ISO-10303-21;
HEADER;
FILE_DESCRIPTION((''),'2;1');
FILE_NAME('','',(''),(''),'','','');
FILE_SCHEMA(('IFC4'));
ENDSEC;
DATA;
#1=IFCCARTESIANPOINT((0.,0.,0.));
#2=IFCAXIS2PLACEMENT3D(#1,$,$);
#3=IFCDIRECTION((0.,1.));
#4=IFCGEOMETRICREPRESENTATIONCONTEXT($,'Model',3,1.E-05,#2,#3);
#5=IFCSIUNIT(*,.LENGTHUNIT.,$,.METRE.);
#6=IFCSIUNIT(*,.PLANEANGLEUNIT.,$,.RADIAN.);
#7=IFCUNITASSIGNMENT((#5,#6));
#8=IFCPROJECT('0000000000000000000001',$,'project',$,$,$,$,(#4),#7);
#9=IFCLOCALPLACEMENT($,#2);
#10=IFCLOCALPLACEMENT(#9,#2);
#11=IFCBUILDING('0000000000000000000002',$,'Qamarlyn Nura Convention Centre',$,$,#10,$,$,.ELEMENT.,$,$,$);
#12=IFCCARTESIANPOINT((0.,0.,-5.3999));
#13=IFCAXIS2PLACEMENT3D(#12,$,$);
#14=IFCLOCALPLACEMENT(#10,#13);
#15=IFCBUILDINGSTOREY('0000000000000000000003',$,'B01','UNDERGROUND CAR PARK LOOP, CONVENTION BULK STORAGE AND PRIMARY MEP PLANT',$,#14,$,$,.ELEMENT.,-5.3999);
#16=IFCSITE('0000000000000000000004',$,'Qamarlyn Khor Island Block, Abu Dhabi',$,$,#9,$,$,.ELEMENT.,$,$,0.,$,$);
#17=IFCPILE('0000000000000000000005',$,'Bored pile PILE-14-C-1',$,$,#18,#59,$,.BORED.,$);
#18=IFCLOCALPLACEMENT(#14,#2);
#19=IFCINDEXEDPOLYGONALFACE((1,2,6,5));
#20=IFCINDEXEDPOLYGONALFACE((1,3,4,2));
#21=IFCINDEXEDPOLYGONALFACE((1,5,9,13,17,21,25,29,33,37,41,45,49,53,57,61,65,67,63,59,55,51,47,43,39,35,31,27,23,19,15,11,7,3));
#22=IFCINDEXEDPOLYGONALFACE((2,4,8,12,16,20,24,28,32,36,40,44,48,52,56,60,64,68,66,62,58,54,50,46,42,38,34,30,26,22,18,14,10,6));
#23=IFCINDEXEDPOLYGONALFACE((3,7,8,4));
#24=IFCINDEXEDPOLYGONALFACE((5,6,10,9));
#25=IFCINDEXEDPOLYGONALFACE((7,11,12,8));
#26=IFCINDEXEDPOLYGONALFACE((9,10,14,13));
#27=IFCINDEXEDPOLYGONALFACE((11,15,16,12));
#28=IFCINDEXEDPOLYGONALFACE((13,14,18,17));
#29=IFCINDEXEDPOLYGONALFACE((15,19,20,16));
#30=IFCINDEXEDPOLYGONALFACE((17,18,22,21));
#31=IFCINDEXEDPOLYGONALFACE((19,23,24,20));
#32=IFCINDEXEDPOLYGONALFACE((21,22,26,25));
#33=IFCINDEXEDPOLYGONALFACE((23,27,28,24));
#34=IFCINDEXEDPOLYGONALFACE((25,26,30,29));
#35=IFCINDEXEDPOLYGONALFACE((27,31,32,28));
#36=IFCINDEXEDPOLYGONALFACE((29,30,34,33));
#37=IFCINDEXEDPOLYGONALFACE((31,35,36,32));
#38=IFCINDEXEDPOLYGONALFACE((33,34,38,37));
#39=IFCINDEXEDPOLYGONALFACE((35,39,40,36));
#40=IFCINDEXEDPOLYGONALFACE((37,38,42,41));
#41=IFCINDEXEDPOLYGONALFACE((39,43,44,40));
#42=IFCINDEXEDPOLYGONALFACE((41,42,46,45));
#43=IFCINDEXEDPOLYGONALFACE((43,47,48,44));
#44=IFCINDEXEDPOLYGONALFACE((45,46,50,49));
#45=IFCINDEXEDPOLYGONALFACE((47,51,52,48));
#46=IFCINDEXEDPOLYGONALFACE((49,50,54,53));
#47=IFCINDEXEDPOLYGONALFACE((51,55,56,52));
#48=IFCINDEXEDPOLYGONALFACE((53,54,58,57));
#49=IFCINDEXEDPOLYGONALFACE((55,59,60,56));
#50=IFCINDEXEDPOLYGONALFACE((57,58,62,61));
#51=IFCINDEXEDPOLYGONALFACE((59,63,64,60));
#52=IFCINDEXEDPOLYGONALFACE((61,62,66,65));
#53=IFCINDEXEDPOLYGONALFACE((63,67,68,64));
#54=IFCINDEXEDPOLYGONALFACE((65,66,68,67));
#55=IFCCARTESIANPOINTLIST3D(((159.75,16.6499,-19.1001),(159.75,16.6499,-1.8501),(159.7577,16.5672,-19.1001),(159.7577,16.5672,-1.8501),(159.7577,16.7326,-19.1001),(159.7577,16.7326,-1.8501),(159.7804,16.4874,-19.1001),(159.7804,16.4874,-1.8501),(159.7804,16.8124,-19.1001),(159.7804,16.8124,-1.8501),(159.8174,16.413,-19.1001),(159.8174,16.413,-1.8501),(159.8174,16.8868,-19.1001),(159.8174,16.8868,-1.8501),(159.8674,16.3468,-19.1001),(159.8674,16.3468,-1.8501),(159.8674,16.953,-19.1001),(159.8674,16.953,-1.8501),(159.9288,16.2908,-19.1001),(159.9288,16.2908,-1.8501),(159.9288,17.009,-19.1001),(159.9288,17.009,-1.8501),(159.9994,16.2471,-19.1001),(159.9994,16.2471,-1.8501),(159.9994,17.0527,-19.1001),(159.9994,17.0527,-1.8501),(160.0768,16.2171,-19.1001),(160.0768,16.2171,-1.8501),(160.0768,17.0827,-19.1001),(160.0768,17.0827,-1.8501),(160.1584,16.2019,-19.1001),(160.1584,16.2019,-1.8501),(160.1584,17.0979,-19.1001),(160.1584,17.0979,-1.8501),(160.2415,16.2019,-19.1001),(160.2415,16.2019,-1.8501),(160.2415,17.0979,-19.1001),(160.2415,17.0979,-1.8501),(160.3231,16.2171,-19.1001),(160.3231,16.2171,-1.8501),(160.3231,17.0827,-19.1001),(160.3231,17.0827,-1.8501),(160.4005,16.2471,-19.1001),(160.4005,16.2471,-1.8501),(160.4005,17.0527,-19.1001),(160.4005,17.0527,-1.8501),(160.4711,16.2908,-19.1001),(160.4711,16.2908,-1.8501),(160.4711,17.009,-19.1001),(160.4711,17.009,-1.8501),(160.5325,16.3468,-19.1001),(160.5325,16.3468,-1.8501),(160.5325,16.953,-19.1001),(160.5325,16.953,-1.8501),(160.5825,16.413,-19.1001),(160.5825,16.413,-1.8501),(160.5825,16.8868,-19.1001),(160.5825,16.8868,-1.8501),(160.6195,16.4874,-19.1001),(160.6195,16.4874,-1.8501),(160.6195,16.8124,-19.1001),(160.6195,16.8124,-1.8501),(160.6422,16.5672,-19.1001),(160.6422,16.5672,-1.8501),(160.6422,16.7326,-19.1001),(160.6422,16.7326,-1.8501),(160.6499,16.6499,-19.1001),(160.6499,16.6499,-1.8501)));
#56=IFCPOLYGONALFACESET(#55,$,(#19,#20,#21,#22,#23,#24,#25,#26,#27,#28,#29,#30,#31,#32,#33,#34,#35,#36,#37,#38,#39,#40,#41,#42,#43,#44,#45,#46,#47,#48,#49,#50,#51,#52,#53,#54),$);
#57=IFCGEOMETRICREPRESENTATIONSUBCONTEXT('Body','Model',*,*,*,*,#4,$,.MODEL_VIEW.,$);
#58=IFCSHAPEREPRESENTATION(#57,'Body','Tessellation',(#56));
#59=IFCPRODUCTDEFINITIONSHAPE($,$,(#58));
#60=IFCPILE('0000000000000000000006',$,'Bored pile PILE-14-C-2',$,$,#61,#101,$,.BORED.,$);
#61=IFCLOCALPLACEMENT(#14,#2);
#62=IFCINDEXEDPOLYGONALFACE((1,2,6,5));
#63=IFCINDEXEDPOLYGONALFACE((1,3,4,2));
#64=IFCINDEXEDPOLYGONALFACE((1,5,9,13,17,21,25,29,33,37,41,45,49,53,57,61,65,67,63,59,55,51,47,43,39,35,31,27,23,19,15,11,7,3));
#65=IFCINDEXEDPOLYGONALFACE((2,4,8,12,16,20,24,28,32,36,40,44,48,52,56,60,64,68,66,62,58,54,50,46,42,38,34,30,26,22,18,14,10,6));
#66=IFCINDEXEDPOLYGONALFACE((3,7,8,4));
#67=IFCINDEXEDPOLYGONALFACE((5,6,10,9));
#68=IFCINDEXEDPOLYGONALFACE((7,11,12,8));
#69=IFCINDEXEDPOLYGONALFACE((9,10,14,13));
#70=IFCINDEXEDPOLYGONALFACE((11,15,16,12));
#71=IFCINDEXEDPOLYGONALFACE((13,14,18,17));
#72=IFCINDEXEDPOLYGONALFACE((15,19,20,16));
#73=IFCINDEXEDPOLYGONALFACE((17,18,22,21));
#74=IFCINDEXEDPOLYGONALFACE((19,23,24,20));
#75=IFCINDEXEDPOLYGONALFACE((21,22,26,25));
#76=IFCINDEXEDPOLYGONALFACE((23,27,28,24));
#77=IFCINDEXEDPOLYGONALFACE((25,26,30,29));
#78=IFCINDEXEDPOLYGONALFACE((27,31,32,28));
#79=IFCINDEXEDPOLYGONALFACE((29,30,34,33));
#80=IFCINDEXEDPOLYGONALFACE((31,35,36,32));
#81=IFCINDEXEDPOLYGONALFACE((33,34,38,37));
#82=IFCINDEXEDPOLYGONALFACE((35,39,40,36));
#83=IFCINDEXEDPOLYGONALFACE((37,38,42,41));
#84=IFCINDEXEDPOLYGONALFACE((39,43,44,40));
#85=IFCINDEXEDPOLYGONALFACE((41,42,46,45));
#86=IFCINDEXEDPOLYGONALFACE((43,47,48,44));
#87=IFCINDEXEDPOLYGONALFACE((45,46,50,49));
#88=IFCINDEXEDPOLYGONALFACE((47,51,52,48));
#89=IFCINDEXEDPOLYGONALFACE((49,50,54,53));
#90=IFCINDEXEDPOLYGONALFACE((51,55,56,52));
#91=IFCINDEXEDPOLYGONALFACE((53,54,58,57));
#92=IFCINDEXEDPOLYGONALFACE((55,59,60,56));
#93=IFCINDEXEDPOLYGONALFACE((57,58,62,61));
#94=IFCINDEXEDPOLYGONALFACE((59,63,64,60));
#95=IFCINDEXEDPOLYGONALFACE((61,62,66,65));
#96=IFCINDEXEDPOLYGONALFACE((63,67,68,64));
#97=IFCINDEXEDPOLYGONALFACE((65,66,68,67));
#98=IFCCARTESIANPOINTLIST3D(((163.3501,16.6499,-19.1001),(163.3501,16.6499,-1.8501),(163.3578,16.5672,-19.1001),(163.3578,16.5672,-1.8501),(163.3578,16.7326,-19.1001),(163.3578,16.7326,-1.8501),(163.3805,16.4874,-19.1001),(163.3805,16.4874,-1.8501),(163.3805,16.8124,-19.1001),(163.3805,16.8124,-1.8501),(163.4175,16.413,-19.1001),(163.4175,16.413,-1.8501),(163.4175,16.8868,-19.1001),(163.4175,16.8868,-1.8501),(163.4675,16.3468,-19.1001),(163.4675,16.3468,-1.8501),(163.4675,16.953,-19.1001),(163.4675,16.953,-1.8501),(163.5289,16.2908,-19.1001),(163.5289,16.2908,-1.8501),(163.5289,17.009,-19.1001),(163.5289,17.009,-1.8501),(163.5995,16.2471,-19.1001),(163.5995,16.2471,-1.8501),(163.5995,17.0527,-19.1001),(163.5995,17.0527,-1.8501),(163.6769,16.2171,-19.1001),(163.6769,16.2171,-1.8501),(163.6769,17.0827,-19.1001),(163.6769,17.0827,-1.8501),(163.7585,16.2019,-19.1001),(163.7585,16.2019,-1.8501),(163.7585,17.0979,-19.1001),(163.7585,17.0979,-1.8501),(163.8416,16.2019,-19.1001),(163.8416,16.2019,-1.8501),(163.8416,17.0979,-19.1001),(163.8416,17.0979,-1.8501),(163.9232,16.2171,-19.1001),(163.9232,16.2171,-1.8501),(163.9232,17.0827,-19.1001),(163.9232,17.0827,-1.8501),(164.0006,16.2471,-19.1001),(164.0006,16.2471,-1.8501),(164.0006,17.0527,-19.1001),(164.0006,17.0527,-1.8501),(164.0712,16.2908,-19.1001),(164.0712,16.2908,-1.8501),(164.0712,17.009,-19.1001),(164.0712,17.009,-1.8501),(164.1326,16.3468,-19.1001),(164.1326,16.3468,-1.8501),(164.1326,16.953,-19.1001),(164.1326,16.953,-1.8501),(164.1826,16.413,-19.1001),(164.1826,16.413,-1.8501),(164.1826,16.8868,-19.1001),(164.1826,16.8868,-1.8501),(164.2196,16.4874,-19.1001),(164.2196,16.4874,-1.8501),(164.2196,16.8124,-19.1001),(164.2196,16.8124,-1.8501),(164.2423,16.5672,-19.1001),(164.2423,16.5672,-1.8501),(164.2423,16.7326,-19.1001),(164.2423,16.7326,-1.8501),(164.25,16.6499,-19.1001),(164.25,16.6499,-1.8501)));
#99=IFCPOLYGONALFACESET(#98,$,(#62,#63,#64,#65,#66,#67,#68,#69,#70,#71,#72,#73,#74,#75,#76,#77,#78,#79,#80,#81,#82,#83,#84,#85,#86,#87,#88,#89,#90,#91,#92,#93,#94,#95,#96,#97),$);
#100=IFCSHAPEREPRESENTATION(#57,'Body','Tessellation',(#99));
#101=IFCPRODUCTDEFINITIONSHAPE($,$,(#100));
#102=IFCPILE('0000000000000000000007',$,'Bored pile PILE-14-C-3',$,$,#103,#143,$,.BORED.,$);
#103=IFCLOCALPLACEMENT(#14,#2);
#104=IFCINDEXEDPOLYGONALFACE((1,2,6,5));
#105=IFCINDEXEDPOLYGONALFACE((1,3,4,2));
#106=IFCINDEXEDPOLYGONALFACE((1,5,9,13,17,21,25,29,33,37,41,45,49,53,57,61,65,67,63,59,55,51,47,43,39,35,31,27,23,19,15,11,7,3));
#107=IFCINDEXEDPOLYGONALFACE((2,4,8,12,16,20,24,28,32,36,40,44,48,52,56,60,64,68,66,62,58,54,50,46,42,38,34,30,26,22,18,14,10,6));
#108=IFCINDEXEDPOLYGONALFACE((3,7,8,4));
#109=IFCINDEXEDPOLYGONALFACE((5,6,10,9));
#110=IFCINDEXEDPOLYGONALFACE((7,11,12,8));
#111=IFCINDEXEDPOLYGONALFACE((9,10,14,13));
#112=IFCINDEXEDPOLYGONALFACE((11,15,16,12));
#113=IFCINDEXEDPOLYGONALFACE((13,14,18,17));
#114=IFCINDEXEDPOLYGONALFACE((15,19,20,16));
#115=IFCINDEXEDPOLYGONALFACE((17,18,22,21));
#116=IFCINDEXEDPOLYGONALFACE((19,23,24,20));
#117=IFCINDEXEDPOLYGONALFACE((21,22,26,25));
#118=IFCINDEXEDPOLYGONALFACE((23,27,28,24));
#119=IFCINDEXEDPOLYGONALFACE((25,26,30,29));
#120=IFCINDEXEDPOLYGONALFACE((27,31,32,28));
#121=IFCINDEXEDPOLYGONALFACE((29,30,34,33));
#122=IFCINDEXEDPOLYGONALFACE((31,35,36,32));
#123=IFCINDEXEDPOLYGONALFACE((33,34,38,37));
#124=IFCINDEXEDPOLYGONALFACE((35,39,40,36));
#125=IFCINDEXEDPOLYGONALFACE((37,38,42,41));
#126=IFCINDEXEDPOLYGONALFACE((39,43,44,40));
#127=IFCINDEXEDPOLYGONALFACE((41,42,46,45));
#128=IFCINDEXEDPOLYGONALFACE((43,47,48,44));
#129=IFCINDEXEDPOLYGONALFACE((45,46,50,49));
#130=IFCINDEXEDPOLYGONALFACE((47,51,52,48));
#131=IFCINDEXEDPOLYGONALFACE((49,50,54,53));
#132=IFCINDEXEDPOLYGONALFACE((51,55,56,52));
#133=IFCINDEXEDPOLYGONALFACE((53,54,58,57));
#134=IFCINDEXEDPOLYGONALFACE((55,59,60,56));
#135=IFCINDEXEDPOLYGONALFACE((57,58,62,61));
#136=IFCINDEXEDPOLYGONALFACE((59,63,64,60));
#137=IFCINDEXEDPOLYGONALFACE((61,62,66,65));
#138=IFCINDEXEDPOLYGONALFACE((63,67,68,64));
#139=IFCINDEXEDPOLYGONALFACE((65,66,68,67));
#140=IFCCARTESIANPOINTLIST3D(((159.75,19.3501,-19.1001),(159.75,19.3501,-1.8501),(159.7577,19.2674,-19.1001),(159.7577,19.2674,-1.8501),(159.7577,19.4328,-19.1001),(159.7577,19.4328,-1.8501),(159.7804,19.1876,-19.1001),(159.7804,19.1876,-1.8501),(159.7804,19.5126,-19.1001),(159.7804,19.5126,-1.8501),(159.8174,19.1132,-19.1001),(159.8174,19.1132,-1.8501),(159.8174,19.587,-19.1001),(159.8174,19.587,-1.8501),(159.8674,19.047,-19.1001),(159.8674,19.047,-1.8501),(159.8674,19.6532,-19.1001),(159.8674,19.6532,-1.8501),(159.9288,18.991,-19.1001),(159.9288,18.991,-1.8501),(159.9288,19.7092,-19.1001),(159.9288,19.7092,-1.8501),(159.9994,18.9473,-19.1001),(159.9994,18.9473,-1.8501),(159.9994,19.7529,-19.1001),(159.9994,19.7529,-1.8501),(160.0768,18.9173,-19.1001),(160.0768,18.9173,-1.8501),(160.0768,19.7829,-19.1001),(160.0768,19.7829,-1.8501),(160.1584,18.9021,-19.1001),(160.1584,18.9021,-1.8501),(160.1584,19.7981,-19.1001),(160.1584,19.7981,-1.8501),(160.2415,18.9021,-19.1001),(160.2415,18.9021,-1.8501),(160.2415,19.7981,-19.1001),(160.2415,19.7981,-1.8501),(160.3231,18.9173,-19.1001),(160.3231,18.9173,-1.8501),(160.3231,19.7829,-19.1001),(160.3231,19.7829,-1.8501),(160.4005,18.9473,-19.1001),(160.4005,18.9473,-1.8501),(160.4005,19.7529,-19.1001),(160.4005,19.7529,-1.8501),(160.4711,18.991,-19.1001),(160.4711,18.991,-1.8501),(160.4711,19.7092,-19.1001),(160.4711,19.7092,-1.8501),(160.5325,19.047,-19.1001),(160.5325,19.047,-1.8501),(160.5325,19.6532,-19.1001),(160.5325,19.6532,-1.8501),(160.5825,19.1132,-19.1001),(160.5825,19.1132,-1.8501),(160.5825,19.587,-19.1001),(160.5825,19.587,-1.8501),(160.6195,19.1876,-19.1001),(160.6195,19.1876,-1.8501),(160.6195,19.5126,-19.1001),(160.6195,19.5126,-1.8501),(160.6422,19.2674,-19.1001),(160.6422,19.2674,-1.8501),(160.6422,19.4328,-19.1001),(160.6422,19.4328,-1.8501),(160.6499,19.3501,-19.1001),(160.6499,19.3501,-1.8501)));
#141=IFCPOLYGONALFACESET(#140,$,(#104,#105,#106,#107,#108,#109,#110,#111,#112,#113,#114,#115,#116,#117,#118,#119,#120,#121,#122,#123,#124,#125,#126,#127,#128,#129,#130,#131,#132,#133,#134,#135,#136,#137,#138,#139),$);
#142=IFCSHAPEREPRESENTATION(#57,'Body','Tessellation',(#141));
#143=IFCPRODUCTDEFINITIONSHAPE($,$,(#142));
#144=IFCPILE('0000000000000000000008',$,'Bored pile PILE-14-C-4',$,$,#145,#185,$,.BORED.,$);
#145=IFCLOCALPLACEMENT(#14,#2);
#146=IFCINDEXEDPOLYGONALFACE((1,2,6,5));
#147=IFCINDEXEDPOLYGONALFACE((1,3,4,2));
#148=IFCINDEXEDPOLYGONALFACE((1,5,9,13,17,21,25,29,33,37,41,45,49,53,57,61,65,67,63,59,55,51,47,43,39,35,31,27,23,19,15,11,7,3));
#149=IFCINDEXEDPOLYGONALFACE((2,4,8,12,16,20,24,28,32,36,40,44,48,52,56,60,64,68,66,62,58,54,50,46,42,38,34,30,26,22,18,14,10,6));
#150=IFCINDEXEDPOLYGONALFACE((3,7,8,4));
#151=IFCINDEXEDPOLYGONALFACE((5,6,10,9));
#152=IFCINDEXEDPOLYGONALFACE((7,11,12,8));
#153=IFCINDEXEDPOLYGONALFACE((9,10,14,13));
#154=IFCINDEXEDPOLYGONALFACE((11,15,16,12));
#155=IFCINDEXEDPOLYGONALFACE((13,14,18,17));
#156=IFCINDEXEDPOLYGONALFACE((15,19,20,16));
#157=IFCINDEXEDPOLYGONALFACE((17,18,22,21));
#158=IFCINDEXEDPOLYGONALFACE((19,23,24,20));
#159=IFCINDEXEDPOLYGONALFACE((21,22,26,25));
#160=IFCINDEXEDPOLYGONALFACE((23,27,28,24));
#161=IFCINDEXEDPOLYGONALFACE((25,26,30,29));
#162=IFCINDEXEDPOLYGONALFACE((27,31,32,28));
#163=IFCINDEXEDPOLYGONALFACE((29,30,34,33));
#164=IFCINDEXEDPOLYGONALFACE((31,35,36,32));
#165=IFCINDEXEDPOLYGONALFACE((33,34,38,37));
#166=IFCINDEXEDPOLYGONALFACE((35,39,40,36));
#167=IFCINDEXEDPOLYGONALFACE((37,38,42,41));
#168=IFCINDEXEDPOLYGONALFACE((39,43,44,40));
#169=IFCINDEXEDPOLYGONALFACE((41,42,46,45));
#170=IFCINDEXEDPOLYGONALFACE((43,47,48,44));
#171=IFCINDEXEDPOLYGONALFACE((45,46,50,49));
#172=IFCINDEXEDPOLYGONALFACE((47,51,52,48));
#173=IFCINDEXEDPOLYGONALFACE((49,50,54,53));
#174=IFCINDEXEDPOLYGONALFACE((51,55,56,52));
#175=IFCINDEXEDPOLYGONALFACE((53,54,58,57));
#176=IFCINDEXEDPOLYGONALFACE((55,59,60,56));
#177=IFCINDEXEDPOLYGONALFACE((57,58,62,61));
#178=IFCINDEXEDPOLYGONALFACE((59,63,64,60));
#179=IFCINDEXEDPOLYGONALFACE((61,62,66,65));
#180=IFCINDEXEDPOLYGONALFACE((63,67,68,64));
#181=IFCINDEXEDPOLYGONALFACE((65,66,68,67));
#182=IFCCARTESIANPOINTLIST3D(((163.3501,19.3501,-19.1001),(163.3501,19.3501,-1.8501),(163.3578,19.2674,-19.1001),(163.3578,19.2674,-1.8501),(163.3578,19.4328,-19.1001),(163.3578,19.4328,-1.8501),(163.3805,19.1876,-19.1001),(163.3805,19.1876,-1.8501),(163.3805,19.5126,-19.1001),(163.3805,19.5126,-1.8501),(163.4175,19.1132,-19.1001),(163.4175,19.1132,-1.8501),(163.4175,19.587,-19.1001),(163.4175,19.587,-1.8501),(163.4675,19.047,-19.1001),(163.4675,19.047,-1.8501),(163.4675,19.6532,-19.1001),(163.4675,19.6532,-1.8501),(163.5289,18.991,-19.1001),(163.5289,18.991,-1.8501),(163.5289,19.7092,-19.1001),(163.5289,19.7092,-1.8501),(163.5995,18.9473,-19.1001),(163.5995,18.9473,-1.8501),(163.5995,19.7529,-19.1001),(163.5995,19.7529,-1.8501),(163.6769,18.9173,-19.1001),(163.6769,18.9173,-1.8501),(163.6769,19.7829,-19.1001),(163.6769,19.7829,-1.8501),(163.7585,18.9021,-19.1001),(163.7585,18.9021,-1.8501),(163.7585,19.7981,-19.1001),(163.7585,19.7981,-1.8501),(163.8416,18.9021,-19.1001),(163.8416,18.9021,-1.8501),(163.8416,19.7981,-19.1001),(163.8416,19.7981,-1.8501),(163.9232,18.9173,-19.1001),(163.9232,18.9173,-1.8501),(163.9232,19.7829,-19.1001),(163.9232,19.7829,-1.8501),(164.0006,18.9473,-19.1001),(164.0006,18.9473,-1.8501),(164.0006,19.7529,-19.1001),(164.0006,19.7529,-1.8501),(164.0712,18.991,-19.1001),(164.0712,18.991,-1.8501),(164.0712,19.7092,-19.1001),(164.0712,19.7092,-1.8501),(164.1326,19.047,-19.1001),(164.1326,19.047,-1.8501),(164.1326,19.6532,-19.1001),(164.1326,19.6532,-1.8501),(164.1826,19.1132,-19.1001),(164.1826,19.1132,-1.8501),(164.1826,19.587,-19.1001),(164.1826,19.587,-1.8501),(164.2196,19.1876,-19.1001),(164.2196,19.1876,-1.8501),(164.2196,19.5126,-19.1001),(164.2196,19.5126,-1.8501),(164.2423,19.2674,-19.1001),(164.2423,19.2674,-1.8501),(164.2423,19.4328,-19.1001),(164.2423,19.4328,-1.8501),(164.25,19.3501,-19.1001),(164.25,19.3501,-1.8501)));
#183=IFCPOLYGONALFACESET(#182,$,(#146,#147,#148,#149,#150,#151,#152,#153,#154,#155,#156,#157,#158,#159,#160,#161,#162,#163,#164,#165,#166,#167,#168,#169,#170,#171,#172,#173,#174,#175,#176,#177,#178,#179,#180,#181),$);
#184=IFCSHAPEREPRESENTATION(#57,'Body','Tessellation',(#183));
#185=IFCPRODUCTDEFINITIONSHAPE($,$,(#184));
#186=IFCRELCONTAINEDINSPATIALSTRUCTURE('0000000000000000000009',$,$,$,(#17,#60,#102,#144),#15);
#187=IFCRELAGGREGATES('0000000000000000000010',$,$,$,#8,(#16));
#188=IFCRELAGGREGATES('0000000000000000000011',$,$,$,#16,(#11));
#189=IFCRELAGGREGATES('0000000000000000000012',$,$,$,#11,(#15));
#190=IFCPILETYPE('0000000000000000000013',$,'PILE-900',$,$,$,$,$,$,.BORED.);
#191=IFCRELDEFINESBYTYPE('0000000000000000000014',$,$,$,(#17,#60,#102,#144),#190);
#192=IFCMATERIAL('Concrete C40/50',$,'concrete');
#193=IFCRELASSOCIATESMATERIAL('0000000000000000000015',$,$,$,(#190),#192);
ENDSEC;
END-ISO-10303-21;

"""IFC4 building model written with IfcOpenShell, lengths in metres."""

from ifc_helpers import new_model, si_unit, direction, frame, origin, origin_2d, place, context, subcontext, project, spatial, circle, extrude, material, material_profile, profile_set, type_object, element, save


model = new_model("IFC4")

# Units and contexts
model_context = context("Model", 3, precision=1e-05, world=origin(), true_north=direction((0.0, 1.0)))
body_context = subcontext(model_context, "Body", "Model", "MODEL_VIEW")
ifc_project = project(units=[si_unit("LENGTHUNIT", "METRE"), si_unit("PLANEANGLEUNIT", "RADIAN")], contexts=[model_context])

# Site, building, storey
site_placement = place(None, origin())
site = spatial("IfcSite", under=ifc_project, at=site_placement, Name="Qamarlyn Khor Island Block, Abu Dhabi", CompositionType="ELEMENT", RefElevation=0.0)
building_placement = place(site_placement, origin())
building = spatial("IfcBuilding", under=site, at=building_placement, Name="Qamarlyn Nura Convention Centre", CompositionType="ELEMENT")
storey_placement = place(building_placement, frame((0.0, 0.0, -5.3999)))
storey = spatial("IfcBuildingStorey", under=building, at=storey_placement, Name="B01", Description="UNDERGROUND CAR PARK LOOP, CONVENTION BULK STORAGE AND PRIMARY MEP PLANT", CompositionType="ELEMENT", Elevation=-5.3999)

# Shared definitions
ifc_material_1 = material(Name="Concrete C40/50", Category="concrete")

# Piles
ifc_material_profile_1 = material_profile(ifc_material_1, circle(Radius=0.45, at=origin_2d()), Name="BORED PILE 900")
ifc_profile_set_1 = profile_set([ifc_material_profile_1], Name="Concrete C40/50")
pile_type_1 = type_object("IfcPileType", Name="PILE-900", PredefinedType="BORED", material=ifc_profile_set_1)
for number, where, z_axis, x_axis, name in (
    (1, (160.2, 16.6499, -1.8501), (0.0, 0.0, -1.0), (1.0, 0.0, 0.0), "Bored pile PILE-14-C-1"),
    (2, (163.8, 16.6499, -1.8501), (0.0, 0.0, -1.0), (1.0, 0.0, 0.0), "Bored pile PILE-14-C-2"),
    (3, (160.2, 19.3501, -1.8501), (0.0, 0.0, -1.0), (1.0, 0.0, 0.0), "Bored pile PILE-14-C-3"),
    (4, (163.8, 19.3501, -1.8501), (0.0, 0.0, -1.0), (1.0, 0.0, 0.0), "Bored pile PILE-14-C-4"),
):
    element("IfcPile", number, at=place(storey_placement, frame(where, z_axis=z_axis, x_axis=x_axis)), inside=storey, type_object=pile_type_1, Name=name, PredefinedType="BORED", context=body_context, shape_type="SweptSolid", body=[
        extrude(circle(Radius=0.45, at=origin_2d()), origin(), (0.0, 0.0, 1.0), 17.25),
    ])

save(model, "model.ifc")
